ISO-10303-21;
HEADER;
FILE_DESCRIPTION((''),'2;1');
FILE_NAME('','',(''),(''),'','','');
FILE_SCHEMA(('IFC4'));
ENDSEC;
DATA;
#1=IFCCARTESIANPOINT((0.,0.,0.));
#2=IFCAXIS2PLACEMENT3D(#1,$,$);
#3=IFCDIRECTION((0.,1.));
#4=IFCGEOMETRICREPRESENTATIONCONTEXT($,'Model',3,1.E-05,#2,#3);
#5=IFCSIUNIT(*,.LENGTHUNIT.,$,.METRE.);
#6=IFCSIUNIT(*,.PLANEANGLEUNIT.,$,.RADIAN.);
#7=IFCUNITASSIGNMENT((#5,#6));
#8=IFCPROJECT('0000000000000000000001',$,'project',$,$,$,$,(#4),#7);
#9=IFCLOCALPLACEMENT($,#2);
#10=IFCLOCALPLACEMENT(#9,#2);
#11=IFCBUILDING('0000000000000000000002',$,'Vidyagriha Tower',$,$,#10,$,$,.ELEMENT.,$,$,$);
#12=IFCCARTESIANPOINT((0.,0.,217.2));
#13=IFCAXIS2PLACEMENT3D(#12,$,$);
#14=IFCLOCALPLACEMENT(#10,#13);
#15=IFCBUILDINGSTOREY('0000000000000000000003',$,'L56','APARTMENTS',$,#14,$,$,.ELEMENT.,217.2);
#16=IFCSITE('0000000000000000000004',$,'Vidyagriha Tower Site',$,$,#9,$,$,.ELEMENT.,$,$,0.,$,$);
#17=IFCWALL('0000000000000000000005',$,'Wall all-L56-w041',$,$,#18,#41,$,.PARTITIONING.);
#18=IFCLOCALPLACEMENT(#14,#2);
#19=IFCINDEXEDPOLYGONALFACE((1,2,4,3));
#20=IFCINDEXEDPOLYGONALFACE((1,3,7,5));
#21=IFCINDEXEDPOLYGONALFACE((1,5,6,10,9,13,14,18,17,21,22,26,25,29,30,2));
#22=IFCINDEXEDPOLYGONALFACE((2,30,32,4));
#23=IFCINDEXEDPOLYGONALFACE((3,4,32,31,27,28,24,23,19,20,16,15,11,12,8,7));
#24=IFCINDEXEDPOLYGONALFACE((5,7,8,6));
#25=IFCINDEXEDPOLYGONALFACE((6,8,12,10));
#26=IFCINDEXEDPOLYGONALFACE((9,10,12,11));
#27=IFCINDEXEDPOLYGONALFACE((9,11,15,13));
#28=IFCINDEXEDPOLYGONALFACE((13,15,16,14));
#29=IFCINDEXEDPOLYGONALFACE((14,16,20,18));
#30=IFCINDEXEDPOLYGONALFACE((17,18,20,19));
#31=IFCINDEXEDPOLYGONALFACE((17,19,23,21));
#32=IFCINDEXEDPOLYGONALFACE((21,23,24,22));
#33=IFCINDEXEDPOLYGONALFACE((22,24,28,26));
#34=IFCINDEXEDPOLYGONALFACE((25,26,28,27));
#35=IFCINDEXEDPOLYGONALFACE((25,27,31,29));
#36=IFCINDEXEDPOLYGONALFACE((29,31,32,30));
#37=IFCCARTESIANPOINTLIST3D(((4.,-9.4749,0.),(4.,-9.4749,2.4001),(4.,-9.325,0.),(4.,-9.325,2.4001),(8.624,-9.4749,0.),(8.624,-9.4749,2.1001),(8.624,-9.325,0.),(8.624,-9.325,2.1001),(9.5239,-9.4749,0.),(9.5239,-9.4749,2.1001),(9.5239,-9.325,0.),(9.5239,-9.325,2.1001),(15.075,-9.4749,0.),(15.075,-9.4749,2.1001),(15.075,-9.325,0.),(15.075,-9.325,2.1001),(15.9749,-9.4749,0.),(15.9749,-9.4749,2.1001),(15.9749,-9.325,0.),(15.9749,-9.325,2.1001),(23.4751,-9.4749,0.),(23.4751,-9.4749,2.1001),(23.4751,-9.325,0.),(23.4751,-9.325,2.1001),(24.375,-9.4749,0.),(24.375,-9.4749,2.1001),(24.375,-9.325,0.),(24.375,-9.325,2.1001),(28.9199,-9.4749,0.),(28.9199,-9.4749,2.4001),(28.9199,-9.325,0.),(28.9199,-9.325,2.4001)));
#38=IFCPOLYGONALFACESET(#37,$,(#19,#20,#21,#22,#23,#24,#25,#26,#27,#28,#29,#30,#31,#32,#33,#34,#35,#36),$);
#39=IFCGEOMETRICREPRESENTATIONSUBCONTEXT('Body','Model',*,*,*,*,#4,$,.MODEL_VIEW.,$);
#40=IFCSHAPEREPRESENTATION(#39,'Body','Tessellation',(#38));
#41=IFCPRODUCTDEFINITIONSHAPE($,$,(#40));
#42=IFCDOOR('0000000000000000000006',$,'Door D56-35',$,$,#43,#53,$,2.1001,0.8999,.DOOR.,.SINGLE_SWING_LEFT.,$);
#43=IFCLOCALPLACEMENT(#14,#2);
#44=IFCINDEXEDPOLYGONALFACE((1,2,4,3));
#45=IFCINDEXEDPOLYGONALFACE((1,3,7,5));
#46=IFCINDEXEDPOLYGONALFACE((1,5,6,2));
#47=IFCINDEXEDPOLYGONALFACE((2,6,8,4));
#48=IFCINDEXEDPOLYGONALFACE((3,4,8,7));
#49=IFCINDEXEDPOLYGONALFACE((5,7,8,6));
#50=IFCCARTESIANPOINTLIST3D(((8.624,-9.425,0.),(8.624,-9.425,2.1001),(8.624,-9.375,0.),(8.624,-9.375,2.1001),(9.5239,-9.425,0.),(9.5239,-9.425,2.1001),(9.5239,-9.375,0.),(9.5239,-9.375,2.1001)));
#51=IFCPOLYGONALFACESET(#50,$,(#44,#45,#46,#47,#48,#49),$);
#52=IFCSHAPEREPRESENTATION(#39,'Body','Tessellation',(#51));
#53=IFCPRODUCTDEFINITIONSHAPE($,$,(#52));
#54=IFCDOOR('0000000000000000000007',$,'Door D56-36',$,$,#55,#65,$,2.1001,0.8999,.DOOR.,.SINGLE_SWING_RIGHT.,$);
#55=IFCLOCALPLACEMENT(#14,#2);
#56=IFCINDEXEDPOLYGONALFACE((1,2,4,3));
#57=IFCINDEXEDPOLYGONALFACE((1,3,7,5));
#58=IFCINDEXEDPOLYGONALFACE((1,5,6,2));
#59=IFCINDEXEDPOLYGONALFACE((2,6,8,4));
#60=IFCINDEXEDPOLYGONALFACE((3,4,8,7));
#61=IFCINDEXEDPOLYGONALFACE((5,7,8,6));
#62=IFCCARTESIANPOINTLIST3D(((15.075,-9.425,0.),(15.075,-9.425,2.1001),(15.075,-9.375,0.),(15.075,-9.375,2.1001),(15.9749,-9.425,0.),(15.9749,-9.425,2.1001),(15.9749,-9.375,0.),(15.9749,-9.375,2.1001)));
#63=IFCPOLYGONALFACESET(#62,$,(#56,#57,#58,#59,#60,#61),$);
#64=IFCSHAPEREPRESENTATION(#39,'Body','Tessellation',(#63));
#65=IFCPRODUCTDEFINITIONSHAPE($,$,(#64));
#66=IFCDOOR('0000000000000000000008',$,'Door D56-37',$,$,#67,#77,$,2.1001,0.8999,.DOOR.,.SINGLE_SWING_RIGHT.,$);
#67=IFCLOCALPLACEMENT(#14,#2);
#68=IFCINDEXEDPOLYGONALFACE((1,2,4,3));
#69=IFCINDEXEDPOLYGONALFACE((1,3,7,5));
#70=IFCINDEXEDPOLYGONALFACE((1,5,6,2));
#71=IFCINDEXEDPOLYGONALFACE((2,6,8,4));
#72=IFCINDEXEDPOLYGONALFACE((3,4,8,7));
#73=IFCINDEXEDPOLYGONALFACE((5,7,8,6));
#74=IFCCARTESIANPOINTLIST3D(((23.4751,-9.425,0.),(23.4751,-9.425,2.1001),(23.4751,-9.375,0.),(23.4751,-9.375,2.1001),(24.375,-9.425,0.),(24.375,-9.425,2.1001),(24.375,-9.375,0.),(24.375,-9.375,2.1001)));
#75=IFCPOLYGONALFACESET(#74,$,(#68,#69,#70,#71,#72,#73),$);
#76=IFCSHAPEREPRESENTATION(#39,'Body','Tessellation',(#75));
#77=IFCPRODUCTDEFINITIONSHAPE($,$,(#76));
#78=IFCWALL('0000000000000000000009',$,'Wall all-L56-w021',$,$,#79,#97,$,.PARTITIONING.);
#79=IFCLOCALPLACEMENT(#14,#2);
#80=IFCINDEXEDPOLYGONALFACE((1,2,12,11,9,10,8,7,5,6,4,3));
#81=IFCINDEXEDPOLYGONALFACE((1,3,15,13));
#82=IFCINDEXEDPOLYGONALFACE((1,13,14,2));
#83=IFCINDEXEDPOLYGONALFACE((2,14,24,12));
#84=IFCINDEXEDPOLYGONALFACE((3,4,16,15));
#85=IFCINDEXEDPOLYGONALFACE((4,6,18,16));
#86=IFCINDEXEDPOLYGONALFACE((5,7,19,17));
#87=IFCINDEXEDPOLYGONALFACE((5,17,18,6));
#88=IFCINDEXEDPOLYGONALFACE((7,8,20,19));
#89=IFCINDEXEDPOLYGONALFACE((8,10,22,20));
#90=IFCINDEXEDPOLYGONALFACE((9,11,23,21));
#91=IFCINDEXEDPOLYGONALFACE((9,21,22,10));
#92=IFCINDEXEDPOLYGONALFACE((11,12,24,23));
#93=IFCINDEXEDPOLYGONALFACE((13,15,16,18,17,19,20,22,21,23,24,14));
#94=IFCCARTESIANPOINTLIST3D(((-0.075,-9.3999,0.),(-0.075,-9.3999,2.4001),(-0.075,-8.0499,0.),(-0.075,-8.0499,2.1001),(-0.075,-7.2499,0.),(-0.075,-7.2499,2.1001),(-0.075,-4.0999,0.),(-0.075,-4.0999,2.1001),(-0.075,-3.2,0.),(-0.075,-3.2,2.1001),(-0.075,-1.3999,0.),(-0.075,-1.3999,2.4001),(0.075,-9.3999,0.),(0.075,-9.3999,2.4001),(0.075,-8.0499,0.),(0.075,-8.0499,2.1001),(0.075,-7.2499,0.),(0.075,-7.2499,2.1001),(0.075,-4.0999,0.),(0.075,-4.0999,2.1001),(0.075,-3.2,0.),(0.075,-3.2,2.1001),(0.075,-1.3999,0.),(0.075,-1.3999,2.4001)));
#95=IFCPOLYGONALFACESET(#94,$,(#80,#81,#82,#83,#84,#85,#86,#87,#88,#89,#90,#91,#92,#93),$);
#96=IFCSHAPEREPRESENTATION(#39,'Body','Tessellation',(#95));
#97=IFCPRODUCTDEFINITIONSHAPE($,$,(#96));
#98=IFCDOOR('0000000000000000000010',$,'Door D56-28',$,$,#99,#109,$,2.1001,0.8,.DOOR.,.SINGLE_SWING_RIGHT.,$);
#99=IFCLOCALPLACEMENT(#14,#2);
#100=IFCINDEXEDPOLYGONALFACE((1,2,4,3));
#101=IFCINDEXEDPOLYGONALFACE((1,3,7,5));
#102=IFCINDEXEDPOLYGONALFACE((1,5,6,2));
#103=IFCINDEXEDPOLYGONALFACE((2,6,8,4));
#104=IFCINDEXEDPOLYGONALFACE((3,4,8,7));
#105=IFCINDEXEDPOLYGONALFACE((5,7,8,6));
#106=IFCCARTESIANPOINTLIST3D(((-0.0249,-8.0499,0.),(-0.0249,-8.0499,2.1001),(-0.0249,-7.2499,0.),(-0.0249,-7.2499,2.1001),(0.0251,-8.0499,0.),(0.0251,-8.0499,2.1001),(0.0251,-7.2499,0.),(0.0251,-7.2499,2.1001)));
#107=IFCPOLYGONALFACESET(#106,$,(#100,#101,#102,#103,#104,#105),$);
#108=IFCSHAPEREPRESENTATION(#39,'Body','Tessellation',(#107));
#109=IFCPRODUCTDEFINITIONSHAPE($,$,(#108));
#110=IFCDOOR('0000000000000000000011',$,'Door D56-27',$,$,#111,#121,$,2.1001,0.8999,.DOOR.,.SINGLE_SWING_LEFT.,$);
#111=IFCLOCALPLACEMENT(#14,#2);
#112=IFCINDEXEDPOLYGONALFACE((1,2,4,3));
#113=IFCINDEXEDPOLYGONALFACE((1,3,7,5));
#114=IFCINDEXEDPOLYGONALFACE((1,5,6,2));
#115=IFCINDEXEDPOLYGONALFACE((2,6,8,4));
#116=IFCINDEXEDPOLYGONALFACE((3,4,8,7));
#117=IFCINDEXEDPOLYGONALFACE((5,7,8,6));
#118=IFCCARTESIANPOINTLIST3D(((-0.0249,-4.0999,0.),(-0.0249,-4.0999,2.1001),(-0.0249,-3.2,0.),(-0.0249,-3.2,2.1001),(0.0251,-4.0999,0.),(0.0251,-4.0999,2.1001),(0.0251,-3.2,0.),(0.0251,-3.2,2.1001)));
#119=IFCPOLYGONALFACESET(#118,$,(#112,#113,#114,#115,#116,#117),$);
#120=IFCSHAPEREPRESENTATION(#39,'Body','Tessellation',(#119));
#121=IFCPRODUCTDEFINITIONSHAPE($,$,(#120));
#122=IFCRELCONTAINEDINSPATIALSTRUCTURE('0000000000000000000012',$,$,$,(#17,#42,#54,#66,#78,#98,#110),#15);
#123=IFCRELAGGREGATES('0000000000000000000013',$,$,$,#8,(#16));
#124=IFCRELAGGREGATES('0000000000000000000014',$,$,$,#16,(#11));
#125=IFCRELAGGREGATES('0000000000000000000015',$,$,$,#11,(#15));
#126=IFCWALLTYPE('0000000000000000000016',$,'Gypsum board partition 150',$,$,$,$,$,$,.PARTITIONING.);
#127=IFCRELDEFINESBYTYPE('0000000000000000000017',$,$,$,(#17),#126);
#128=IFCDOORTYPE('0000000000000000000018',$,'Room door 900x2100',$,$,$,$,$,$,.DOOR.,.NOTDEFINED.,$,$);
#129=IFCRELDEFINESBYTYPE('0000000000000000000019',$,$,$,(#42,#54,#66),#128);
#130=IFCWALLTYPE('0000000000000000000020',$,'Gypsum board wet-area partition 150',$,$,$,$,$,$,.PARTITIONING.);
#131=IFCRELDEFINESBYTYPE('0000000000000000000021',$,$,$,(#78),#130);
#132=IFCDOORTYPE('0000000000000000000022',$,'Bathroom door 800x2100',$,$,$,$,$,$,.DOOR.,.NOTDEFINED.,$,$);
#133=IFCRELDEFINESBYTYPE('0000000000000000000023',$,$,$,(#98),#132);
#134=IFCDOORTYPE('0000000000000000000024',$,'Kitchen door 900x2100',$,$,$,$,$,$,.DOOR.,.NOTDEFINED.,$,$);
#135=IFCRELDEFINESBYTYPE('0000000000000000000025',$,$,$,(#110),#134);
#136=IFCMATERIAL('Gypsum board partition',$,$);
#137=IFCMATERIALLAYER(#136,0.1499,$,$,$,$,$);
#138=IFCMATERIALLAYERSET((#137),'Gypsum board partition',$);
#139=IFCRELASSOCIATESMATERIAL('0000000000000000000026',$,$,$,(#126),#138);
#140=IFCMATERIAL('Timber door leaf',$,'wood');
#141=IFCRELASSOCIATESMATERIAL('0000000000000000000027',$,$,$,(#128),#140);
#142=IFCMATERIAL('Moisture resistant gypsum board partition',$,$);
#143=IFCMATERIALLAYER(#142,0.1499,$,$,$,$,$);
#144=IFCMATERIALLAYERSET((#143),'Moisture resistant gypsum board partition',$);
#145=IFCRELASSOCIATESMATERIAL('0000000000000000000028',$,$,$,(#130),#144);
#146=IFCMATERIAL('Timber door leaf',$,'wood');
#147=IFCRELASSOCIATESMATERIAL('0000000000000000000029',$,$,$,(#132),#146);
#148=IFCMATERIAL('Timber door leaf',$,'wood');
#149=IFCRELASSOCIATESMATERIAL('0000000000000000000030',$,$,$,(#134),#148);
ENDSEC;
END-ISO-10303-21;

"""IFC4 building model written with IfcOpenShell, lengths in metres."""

from ifc_helpers import new_model, si_unit, direction, frame, frame_2d, origin, place, context, subcontext, project, spatial, rectangle, extrude, material, layer, layer_set, type_object, element, fill, save


model = new_model("IFC4")

# Units and contexts
model_context = context("Model", 3, precision=1e-05, world=origin(), true_north=direction((0.0, 1.0)))
body_context = subcontext(model_context, "Body", "Model", "MODEL_VIEW")
ifc_project = project(units=[si_unit("LENGTHUNIT", "METRE"), si_unit("PLANEANGLEUNIT", "RADIAN")], contexts=[model_context])

# Site, building, storey
site_placement = place(None, origin())
site = spatial("IfcSite", under=ifc_project, at=site_placement, Name="Vidyagriha Tower Site", CompositionType="ELEMENT", RefElevation=0.0)
building_placement = place(site_placement, origin())
building = spatial("IfcBuilding", under=site, at=building_placement, Name="Vidyagriha Tower", CompositionType="ELEMENT")
storey_placement = place(building_placement, frame((0.0, 0.0, 217.2)))
storey = spatial("IfcBuildingStorey", under=building, at=storey_placement, Name="L56", Description="APARTMENTS", CompositionType="ELEMENT", Elevation=217.2)

# Shared definitions
ifc_material_1 = material(Name="Gypsum board partition")
ifc_layer_1 = layer(ifc_material_1, 0.1499)
ifc_layer_set_1 = layer_set([ifc_layer_1], Name="Gypsum board partition")
wall_type_1 = type_object("IfcWallType", Name="Gypsum board partition 150", PredefinedType="PARTITIONING", material=ifc_layer_set_1)

# Walls, openings, doors
ifc_material_2 = material(Name="Timber door leaf", Category="wood")
door_type_1 = type_object("IfcDoorType", Name="Room door 900x2100", OperationType="NOTDEFINED", PredefinedType="DOOR", material=ifc_material_2)
wall_1_placement = place(storey_placement, frame((4.0, -9.3999, 0.0)))
wall_1 = element("IfcWall", 1, at=wall_1_placement, inside=storey, type_object=wall_type_1, Name="Wall all-L56-w041", PredefinedType="PARTITIONING", context=body_context, shape_type="SweptSolid", body=[
    extrude(rectangle(XDim=24.9199, YDim=0.1499, at=frame_2d((12.46, 0.0))), origin(), (0.0, 0.0, 1.0), 2.4001),
])
opening_1_placement = place(wall_1_placement, frame((4.624, 0.0, 0.0)))
opening_1 = element("IfcOpeningElement", 2, at=opening_1_placement, cuts=wall_1, PredefinedType="OPENING", context=body_context, shape_type="SweptSolid", body=[
    extrude(rectangle(XDim=0.8999, YDim=2.1001, at=frame_2d((0.45, 1.05))), frame((0.0, 0.085, 0.0), z_axis=(0.0, -1.0, 0.0), x_axis=(1.0, 0.0, 0.0)), (0.0, 0.0, 1.0), 0.1699),
])
opening_2_placement = place(wall_1_placement, frame((11.075, 0.0, 0.0)))
opening_2 = element("IfcOpeningElement", 3, at=opening_2_placement, cuts=wall_1, PredefinedType="OPENING", context=body_context, shape_type="SweptSolid", body=[
    extrude(rectangle(XDim=0.8999, YDim=2.1001, at=frame_2d((0.45, 1.05))), frame((0.0, 0.085, 0.0), z_axis=(0.0, -1.0, 0.0), x_axis=(1.0, 0.0, 0.0)), (0.0, 0.0, 1.0), 0.1699),
])
opening_3_placement = place(wall_1_placement, frame((19.4751, 0.0, 0.0)))
opening_3 = element("IfcOpeningElement", 4, at=opening_3_placement, cuts=wall_1, PredefinedType="OPENING", context=body_context, shape_type="SweptSolid", body=[
    extrude(rectangle(XDim=0.8999, YDim=2.1001, at=frame_2d((0.45, 1.05))), frame((0.0, 0.085, 0.0), z_axis=(0.0, -1.0, 0.0), x_axis=(1.0, 0.0, 0.0)), (0.0, 0.0, 1.0), 0.1699),
])
door_1_placement = place(opening_1_placement, origin())
door_1 = element("IfcDoor", 5, at=door_1_placement, inside=storey, type_object=door_type_1, Name="Door D56-35", OperationType="SINGLE_SWING_LEFT", OverallHeight=2.1001, OverallWidth=0.8999, PredefinedType="DOOR", context=body_context, shape_type="SweptSolid", body=[
    extrude(rectangle(XDim=0.8999, YDim=2.1001, at=frame_2d((0.45, 1.05))), frame((0.0, 0.0249, 0.0), z_axis=(0.0, -1.0, 0.0), x_axis=(1.0, 0.0, 0.0)), (0.0, 0.0, 1.0), 0.05),
])
fill(opening_1, door_1)
door_2_placement = place(opening_2_placement, origin())
door_2 = element("IfcDoor", 6, at=door_2_placement, inside=storey, type_object=door_type_1, Name="Door D56-36", OperationType="SINGLE_SWING_RIGHT", OverallHeight=2.1001, OverallWidth=0.8999, PredefinedType="DOOR", context=body_context, shape_type="SweptSolid", body=[
    extrude(rectangle(XDim=0.8999, YDim=2.1001, at=frame_2d((0.45, 1.05))), frame((0.0, 0.0249, 0.0), z_axis=(0.0, -1.0, 0.0), x_axis=(1.0, 0.0, 0.0)), (0.0, 0.0, 1.0), 0.05),
])
fill(opening_2, door_2)
door_3_placement = place(opening_3_placement, origin())
door_3 = element("IfcDoor", 7, at=door_3_placement, inside=storey, type_object=door_type_1, Name="Door D56-37", OperationType="SINGLE_SWING_RIGHT", OverallHeight=2.1001, OverallWidth=0.8999, PredefinedType="DOOR", context=body_context, shape_type="SweptSolid", body=[
    extrude(rectangle(XDim=0.8999, YDim=2.1001, at=frame_2d((0.45, 1.05))), frame((0.0, 0.0249, 0.0), z_axis=(0.0, -1.0, 0.0), x_axis=(1.0, 0.0, 0.0)), (0.0, 0.0, 1.0), 0.05),
])
fill(opening_3, door_3)
ifc_material_3 = material(Name="Moisture resistant gypsum board partition")
ifc_layer_2 = layer(ifc_material_3, 0.1499)
ifc_layer_set_2 = layer_set([ifc_layer_2], Name="Moisture resistant gypsum board partition")
wall_type_2 = type_object("IfcWallType", Name="Gypsum board wet-area partition 150", PredefinedType="PARTITIONING", material=ifc_layer_set_2)
wall_2_placement = place(storey_placement, frame((0.0, -9.3999, 0.0), z_axis=(0.0, 0.0, 1.0), x_axis=(0.0, 1.0, 0.0)))
wall_2 = element("IfcWall", 8, at=wall_2_placement, inside=storey, type_object=wall_type_2, Name="Wall all-L56-w021", PredefinedType="PARTITIONING", context=body_context, shape_type="SweptSolid", body=[
    extrude(rectangle(XDim=8.0, YDim=0.1499, at=frame_2d((4.0, 0.0))), origin(), (0.0, 0.0, 1.0), 2.4001),
])
opening_4_placement = place(wall_2_placement, frame((5.3, 0.0, 0.0)))
opening_4 = element("IfcOpeningElement", 9, at=opening_4_placement, cuts=wall_2, PredefinedType="OPENING", context=body_context, shape_type="SweptSolid", body=[
    extrude(rectangle(XDim=0.8999, YDim=2.1001, at=frame_2d((0.45, 1.05))), frame((0.0, 0.085, 0.0), z_axis=(0.0, -1.0, 0.0), x_axis=(1.0, 0.0, 0.0)), (0.0, 0.0, 1.0), 0.1699),
])
opening_5_placement = place(wall_2_placement, frame((1.3501, 0.0, 0.0)))
opening_5 = element("IfcOpeningElement", 10, at=opening_5_placement, cuts=wall_2, PredefinedType="OPENING", context=body_context, shape_type="SweptSolid", body=[
    extrude(rectangle(XDim=0.8, YDim=2.1001, at=frame_2d((0.3999, 1.05))), frame((0.0, 0.085, 0.0), z_axis=(0.0, -1.0, 0.0), x_axis=(1.0, 0.0, 0.0)), (0.0, 0.0, 1.0), 0.1699),
])
ifc_material_4 = material(Name="Timber door leaf", Category="wood")
door_type_2 = type_object("IfcDoorType", Name="Bathroom door 800x2100", OperationType="NOTDEFINED", PredefinedType="DOOR", material=ifc_material_4)
door_4_placement = place(opening_5_placement, origin())
door_4 = element("IfcDoor", 11, at=door_4_placement, inside=storey, type_object=door_type_2, Name="Door D56-28", OperationType="SINGLE_SWING_RIGHT", OverallHeight=2.1001, OverallWidth=0.8, PredefinedType="DOOR", context=body_context, shape_type="SweptSolid", body=[
    extrude(rectangle(XDim=0.8, YDim=2.1001, at=frame_2d((0.3999, 1.05))), frame((0.0, 0.0249, 0.0), z_axis=(0.0, -1.0, 0.0), x_axis=(1.0, 0.0, 0.0)), (0.0, 0.0, 1.0), 0.05),
])
fill(opening_5, door_4)
ifc_material_5 = material(Name="Timber door leaf", Category="wood")
door_type_3 = type_object("IfcDoorType", Name="Kitchen door 900x2100", OperationType="NOTDEFINED", PredefinedType="DOOR", material=ifc_material_5)
door_5_placement = place(opening_4_placement, origin())
door_5 = element("IfcDoor", 12, at=door_5_placement, inside=storey, type_object=door_type_3, Name="Door D56-27", OperationType="SINGLE_SWING_LEFT", OverallHeight=2.1001, OverallWidth=0.8999, PredefinedType="DOOR", context=body_context, shape_type="SweptSolid", body=[
    extrude(rectangle(XDim=0.8999, YDim=2.1001, at=frame_2d((0.45, 1.05))), frame((0.0, 0.0249, 0.0), z_axis=(0.0, -1.0, 0.0), x_axis=(1.0, 0.0, 0.0)), (0.0, 0.0, 1.0), 0.05),
])
fill(opening_4, door_5)

save(model, "model.ifc")
